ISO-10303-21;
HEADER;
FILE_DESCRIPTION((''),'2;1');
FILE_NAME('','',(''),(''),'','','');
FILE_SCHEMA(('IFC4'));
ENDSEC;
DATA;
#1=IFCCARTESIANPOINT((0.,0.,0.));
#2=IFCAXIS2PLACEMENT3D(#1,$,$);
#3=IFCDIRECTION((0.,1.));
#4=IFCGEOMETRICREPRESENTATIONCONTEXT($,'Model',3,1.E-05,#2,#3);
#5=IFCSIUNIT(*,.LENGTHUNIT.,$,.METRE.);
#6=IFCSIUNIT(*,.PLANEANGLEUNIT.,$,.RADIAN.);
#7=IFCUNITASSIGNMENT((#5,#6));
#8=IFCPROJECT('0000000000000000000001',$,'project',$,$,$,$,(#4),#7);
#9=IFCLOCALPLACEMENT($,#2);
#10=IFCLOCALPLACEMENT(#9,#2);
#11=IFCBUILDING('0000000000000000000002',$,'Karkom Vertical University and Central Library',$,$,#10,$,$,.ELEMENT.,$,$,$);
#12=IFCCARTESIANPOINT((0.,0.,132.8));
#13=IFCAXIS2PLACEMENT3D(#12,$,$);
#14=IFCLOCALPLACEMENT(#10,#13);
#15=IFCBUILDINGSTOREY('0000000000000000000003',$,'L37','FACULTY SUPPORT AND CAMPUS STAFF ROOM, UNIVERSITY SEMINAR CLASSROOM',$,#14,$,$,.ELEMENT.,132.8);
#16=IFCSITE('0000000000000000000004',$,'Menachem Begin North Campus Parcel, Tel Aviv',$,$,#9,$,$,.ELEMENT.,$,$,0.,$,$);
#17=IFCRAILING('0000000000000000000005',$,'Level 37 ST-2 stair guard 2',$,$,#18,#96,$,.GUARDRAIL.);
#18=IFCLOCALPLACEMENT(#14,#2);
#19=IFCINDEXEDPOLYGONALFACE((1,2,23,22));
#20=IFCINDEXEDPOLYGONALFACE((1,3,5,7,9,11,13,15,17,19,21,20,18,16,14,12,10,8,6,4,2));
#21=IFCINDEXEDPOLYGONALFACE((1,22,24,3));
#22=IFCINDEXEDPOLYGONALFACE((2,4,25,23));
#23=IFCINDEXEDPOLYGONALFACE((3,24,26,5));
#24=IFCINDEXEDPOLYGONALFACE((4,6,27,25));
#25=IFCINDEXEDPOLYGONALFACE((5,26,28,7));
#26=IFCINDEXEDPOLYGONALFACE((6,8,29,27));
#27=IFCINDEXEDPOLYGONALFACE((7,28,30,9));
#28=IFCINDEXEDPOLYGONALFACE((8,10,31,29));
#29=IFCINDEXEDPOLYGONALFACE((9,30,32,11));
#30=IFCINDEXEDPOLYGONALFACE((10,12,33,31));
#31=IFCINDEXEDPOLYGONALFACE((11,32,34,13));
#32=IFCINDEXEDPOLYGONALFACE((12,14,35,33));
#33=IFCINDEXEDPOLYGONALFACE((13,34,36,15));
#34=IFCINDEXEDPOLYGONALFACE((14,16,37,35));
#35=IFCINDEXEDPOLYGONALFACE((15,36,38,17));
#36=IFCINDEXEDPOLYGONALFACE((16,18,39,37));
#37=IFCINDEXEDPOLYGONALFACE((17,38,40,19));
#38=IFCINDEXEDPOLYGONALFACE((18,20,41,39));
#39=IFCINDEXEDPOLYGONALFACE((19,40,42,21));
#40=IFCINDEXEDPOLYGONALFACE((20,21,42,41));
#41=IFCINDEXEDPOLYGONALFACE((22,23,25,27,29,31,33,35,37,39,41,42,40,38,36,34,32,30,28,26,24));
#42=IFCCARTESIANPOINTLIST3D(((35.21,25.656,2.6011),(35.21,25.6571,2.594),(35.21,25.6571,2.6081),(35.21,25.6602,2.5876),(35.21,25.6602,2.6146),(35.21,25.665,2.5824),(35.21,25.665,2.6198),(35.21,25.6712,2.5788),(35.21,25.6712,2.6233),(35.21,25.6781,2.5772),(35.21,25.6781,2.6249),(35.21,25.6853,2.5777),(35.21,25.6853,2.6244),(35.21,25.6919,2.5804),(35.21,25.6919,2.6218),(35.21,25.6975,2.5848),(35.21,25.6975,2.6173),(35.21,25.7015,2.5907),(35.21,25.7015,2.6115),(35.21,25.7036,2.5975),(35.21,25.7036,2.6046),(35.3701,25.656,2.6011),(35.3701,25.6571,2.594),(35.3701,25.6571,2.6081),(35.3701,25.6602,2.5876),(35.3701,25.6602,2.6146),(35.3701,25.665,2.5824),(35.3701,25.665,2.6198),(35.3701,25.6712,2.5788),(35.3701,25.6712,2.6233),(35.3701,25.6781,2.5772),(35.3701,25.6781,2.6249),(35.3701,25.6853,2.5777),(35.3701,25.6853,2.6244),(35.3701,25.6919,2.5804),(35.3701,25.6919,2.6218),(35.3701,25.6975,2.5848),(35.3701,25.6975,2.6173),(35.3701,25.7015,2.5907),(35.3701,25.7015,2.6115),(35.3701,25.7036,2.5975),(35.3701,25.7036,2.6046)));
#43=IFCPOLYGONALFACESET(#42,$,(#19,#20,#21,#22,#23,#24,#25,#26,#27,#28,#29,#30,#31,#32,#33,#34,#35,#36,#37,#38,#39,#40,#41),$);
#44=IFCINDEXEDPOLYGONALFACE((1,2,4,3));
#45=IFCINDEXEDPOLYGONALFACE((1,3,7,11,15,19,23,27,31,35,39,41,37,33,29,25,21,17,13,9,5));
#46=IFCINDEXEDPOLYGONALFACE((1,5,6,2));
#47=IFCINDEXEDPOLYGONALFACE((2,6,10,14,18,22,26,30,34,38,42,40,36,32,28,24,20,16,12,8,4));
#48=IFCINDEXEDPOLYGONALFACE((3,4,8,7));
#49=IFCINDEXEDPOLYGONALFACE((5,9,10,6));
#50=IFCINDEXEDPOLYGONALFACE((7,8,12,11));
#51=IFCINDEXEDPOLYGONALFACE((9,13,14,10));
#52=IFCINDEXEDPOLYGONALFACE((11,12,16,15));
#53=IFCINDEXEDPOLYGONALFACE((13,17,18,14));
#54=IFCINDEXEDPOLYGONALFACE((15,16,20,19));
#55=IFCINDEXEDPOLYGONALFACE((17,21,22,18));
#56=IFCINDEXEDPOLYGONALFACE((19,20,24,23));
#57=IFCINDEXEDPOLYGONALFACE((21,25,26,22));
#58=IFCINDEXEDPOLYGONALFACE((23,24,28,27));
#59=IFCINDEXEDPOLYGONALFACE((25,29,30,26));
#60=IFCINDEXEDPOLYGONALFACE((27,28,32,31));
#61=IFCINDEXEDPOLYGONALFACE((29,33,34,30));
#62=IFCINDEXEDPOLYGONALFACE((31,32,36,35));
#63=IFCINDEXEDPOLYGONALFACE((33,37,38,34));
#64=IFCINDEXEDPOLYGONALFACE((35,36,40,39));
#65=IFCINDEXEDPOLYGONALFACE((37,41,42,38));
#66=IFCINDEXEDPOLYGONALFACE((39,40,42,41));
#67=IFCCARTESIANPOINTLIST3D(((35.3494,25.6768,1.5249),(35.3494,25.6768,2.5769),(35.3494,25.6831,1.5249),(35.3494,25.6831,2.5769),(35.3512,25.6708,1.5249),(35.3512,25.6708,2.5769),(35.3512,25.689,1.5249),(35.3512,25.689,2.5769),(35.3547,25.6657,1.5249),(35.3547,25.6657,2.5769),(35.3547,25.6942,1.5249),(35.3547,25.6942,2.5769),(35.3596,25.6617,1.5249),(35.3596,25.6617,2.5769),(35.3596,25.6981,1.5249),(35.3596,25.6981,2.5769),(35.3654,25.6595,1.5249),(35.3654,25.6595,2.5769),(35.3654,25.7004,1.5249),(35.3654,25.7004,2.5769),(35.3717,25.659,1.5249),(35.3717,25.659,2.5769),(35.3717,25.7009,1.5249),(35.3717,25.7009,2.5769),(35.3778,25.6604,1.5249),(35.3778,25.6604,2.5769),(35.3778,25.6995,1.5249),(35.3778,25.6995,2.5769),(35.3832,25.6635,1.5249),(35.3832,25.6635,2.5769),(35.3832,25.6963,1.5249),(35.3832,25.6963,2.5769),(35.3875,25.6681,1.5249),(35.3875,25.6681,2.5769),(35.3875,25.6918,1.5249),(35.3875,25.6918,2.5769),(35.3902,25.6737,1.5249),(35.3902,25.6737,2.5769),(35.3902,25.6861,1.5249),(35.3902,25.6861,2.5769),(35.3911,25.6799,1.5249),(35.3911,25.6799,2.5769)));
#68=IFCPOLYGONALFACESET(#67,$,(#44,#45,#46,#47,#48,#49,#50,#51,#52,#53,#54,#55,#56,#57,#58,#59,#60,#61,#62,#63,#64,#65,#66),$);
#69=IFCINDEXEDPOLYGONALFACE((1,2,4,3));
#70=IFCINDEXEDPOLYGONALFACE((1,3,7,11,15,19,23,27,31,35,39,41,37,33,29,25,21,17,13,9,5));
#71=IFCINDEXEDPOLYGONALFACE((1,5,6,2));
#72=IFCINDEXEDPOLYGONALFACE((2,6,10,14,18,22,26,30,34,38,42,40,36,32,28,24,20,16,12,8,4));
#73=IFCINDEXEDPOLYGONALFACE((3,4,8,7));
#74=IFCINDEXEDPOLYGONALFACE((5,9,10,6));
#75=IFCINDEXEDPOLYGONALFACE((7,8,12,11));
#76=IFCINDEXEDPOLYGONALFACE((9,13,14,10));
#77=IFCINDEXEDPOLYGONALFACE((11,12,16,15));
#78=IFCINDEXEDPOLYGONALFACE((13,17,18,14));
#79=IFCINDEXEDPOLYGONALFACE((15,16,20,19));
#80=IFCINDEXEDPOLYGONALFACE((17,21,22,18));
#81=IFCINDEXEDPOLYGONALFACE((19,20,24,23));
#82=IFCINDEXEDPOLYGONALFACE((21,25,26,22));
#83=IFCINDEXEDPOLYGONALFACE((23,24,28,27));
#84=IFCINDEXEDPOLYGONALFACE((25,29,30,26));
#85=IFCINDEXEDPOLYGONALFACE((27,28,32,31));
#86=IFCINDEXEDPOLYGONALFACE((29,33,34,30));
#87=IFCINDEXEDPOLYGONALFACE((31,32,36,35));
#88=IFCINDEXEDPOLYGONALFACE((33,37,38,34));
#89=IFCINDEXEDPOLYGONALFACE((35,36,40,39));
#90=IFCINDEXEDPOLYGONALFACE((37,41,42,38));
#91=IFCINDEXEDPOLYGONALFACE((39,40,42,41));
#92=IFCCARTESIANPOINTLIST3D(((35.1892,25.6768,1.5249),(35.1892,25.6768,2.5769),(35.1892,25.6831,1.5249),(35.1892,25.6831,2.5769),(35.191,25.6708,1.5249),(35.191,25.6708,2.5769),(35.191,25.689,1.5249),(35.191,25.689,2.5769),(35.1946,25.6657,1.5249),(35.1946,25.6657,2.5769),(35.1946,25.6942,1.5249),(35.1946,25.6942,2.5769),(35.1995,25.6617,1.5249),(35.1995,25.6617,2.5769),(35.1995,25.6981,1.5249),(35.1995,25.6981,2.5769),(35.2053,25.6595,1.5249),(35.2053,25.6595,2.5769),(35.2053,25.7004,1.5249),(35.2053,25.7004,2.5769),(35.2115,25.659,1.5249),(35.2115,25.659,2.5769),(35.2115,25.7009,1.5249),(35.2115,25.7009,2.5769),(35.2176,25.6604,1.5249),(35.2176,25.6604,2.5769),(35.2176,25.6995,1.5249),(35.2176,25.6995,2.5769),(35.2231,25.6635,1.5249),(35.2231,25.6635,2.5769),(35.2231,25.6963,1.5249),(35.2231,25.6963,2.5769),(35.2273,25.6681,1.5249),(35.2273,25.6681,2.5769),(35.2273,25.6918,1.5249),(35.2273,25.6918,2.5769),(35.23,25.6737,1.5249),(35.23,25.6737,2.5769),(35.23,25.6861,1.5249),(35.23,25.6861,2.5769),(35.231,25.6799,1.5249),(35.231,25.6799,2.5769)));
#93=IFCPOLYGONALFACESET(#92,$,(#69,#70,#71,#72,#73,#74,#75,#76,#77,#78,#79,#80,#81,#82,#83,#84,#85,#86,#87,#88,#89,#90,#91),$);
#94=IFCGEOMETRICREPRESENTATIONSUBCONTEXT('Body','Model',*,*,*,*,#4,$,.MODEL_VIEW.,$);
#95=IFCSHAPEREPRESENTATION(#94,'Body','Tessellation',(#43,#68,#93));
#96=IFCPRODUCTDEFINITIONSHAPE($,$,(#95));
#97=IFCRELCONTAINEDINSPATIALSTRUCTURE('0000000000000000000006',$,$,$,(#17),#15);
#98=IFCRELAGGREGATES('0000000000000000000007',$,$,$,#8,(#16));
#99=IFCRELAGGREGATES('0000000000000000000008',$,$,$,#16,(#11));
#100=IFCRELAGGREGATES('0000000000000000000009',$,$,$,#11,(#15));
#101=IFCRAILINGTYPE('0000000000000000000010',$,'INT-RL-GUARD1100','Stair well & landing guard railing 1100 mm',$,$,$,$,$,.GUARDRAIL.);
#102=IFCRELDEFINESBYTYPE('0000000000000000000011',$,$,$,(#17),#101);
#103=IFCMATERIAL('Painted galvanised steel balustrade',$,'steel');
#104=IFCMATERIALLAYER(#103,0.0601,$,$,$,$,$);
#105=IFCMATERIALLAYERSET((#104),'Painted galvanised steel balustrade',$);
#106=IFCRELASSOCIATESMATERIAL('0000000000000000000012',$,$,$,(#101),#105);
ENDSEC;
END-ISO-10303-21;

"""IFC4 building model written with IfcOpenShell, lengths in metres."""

from ifc_helpers import new_model, si_unit, direction, frame, origin, origin_2d, place, context, subcontext, project, spatial, circle, extrude, material, layer, layer_set, type_object, element, save


model = new_model("IFC4")

# Units and contexts
model_context = context("Model", 3, precision=1e-05, world=origin(), true_north=direction((0.0, 1.0)))
body_context = subcontext(model_context, "Body", "Model", "MODEL_VIEW")
ifc_project = project(units=[si_unit("LENGTHUNIT", "METRE"), si_unit("PLANEANGLEUNIT", "RADIAN")], contexts=[model_context])

# Site, building, storey
site_placement = place(None, origin())
site = spatial("IfcSite", under=ifc_project, at=site_placement, Name="Menachem Begin North Campus Parcel, Tel Aviv", CompositionType="ELEMENT", RefElevation=0.0)
building_placement = place(site_placement, origin())
building = spatial("IfcBuilding", under=site, at=building_placement, Name="Karkom Vertical University and Central Library", CompositionType="ELEMENT")
storey_placement = place(building_placement, frame((0.0, 0.0, 132.8)))
storey = spatial("IfcBuildingStorey", under=building, at=storey_placement, Name="L37", Description="FACULTY SUPPORT AND CAMPUS STAFF ROOM, UNIVERSITY SEMINAR CLASSROOM", CompositionType="ELEMENT", Elevation=132.8)

# Railing
ifc_material_1 = material(Name="Painted galvanised steel balustrade", Category="steel")
ifc_layer_1 = layer(ifc_material_1, 0.0601)
ifc_layer_set_1 = layer_set([ifc_layer_1], Name="Painted galvanised steel balustrade")
railing_type_1 = type_object("IfcRailingType", Name="INT-RL-GUARD1100", Description="Stair well & landing guard railing 1100 mm", PredefinedType="GUARDRAIL", material=ifc_layer_set_1)
railing_1_placement = place(storey_placement, frame((35.3701, 25.6799, 1.5249)))
element("IfcRailing", 1, at=railing_1_placement, inside=storey, type_object=railing_type_1, Name="Level 37 ST-2 stair guard 2", PredefinedType="GUARDRAIL", context=body_context, shape_type="SweptSolid", body=[
    extrude(circle(Radius=0.0239, at=origin_2d()), frame((0.0, 0.0, 1.0762), z_axis=(-1.0, 0.0, 0.0), x_axis=(0.0, -1.0, 0.0)), (0.0, 0.0, 1.0), 0.1602),
    extrude(circle(Radius=0.021, at=origin_2d()), origin(), (0.0, 0.0, 1.0), 1.052),
    extrude(circle(Radius=0.021, at=origin_2d()), frame((-0.1602, 0.0, 0.0)), (0.0, 0.0, 1.0), 1.052),
])

save(model, "model.ifc")
